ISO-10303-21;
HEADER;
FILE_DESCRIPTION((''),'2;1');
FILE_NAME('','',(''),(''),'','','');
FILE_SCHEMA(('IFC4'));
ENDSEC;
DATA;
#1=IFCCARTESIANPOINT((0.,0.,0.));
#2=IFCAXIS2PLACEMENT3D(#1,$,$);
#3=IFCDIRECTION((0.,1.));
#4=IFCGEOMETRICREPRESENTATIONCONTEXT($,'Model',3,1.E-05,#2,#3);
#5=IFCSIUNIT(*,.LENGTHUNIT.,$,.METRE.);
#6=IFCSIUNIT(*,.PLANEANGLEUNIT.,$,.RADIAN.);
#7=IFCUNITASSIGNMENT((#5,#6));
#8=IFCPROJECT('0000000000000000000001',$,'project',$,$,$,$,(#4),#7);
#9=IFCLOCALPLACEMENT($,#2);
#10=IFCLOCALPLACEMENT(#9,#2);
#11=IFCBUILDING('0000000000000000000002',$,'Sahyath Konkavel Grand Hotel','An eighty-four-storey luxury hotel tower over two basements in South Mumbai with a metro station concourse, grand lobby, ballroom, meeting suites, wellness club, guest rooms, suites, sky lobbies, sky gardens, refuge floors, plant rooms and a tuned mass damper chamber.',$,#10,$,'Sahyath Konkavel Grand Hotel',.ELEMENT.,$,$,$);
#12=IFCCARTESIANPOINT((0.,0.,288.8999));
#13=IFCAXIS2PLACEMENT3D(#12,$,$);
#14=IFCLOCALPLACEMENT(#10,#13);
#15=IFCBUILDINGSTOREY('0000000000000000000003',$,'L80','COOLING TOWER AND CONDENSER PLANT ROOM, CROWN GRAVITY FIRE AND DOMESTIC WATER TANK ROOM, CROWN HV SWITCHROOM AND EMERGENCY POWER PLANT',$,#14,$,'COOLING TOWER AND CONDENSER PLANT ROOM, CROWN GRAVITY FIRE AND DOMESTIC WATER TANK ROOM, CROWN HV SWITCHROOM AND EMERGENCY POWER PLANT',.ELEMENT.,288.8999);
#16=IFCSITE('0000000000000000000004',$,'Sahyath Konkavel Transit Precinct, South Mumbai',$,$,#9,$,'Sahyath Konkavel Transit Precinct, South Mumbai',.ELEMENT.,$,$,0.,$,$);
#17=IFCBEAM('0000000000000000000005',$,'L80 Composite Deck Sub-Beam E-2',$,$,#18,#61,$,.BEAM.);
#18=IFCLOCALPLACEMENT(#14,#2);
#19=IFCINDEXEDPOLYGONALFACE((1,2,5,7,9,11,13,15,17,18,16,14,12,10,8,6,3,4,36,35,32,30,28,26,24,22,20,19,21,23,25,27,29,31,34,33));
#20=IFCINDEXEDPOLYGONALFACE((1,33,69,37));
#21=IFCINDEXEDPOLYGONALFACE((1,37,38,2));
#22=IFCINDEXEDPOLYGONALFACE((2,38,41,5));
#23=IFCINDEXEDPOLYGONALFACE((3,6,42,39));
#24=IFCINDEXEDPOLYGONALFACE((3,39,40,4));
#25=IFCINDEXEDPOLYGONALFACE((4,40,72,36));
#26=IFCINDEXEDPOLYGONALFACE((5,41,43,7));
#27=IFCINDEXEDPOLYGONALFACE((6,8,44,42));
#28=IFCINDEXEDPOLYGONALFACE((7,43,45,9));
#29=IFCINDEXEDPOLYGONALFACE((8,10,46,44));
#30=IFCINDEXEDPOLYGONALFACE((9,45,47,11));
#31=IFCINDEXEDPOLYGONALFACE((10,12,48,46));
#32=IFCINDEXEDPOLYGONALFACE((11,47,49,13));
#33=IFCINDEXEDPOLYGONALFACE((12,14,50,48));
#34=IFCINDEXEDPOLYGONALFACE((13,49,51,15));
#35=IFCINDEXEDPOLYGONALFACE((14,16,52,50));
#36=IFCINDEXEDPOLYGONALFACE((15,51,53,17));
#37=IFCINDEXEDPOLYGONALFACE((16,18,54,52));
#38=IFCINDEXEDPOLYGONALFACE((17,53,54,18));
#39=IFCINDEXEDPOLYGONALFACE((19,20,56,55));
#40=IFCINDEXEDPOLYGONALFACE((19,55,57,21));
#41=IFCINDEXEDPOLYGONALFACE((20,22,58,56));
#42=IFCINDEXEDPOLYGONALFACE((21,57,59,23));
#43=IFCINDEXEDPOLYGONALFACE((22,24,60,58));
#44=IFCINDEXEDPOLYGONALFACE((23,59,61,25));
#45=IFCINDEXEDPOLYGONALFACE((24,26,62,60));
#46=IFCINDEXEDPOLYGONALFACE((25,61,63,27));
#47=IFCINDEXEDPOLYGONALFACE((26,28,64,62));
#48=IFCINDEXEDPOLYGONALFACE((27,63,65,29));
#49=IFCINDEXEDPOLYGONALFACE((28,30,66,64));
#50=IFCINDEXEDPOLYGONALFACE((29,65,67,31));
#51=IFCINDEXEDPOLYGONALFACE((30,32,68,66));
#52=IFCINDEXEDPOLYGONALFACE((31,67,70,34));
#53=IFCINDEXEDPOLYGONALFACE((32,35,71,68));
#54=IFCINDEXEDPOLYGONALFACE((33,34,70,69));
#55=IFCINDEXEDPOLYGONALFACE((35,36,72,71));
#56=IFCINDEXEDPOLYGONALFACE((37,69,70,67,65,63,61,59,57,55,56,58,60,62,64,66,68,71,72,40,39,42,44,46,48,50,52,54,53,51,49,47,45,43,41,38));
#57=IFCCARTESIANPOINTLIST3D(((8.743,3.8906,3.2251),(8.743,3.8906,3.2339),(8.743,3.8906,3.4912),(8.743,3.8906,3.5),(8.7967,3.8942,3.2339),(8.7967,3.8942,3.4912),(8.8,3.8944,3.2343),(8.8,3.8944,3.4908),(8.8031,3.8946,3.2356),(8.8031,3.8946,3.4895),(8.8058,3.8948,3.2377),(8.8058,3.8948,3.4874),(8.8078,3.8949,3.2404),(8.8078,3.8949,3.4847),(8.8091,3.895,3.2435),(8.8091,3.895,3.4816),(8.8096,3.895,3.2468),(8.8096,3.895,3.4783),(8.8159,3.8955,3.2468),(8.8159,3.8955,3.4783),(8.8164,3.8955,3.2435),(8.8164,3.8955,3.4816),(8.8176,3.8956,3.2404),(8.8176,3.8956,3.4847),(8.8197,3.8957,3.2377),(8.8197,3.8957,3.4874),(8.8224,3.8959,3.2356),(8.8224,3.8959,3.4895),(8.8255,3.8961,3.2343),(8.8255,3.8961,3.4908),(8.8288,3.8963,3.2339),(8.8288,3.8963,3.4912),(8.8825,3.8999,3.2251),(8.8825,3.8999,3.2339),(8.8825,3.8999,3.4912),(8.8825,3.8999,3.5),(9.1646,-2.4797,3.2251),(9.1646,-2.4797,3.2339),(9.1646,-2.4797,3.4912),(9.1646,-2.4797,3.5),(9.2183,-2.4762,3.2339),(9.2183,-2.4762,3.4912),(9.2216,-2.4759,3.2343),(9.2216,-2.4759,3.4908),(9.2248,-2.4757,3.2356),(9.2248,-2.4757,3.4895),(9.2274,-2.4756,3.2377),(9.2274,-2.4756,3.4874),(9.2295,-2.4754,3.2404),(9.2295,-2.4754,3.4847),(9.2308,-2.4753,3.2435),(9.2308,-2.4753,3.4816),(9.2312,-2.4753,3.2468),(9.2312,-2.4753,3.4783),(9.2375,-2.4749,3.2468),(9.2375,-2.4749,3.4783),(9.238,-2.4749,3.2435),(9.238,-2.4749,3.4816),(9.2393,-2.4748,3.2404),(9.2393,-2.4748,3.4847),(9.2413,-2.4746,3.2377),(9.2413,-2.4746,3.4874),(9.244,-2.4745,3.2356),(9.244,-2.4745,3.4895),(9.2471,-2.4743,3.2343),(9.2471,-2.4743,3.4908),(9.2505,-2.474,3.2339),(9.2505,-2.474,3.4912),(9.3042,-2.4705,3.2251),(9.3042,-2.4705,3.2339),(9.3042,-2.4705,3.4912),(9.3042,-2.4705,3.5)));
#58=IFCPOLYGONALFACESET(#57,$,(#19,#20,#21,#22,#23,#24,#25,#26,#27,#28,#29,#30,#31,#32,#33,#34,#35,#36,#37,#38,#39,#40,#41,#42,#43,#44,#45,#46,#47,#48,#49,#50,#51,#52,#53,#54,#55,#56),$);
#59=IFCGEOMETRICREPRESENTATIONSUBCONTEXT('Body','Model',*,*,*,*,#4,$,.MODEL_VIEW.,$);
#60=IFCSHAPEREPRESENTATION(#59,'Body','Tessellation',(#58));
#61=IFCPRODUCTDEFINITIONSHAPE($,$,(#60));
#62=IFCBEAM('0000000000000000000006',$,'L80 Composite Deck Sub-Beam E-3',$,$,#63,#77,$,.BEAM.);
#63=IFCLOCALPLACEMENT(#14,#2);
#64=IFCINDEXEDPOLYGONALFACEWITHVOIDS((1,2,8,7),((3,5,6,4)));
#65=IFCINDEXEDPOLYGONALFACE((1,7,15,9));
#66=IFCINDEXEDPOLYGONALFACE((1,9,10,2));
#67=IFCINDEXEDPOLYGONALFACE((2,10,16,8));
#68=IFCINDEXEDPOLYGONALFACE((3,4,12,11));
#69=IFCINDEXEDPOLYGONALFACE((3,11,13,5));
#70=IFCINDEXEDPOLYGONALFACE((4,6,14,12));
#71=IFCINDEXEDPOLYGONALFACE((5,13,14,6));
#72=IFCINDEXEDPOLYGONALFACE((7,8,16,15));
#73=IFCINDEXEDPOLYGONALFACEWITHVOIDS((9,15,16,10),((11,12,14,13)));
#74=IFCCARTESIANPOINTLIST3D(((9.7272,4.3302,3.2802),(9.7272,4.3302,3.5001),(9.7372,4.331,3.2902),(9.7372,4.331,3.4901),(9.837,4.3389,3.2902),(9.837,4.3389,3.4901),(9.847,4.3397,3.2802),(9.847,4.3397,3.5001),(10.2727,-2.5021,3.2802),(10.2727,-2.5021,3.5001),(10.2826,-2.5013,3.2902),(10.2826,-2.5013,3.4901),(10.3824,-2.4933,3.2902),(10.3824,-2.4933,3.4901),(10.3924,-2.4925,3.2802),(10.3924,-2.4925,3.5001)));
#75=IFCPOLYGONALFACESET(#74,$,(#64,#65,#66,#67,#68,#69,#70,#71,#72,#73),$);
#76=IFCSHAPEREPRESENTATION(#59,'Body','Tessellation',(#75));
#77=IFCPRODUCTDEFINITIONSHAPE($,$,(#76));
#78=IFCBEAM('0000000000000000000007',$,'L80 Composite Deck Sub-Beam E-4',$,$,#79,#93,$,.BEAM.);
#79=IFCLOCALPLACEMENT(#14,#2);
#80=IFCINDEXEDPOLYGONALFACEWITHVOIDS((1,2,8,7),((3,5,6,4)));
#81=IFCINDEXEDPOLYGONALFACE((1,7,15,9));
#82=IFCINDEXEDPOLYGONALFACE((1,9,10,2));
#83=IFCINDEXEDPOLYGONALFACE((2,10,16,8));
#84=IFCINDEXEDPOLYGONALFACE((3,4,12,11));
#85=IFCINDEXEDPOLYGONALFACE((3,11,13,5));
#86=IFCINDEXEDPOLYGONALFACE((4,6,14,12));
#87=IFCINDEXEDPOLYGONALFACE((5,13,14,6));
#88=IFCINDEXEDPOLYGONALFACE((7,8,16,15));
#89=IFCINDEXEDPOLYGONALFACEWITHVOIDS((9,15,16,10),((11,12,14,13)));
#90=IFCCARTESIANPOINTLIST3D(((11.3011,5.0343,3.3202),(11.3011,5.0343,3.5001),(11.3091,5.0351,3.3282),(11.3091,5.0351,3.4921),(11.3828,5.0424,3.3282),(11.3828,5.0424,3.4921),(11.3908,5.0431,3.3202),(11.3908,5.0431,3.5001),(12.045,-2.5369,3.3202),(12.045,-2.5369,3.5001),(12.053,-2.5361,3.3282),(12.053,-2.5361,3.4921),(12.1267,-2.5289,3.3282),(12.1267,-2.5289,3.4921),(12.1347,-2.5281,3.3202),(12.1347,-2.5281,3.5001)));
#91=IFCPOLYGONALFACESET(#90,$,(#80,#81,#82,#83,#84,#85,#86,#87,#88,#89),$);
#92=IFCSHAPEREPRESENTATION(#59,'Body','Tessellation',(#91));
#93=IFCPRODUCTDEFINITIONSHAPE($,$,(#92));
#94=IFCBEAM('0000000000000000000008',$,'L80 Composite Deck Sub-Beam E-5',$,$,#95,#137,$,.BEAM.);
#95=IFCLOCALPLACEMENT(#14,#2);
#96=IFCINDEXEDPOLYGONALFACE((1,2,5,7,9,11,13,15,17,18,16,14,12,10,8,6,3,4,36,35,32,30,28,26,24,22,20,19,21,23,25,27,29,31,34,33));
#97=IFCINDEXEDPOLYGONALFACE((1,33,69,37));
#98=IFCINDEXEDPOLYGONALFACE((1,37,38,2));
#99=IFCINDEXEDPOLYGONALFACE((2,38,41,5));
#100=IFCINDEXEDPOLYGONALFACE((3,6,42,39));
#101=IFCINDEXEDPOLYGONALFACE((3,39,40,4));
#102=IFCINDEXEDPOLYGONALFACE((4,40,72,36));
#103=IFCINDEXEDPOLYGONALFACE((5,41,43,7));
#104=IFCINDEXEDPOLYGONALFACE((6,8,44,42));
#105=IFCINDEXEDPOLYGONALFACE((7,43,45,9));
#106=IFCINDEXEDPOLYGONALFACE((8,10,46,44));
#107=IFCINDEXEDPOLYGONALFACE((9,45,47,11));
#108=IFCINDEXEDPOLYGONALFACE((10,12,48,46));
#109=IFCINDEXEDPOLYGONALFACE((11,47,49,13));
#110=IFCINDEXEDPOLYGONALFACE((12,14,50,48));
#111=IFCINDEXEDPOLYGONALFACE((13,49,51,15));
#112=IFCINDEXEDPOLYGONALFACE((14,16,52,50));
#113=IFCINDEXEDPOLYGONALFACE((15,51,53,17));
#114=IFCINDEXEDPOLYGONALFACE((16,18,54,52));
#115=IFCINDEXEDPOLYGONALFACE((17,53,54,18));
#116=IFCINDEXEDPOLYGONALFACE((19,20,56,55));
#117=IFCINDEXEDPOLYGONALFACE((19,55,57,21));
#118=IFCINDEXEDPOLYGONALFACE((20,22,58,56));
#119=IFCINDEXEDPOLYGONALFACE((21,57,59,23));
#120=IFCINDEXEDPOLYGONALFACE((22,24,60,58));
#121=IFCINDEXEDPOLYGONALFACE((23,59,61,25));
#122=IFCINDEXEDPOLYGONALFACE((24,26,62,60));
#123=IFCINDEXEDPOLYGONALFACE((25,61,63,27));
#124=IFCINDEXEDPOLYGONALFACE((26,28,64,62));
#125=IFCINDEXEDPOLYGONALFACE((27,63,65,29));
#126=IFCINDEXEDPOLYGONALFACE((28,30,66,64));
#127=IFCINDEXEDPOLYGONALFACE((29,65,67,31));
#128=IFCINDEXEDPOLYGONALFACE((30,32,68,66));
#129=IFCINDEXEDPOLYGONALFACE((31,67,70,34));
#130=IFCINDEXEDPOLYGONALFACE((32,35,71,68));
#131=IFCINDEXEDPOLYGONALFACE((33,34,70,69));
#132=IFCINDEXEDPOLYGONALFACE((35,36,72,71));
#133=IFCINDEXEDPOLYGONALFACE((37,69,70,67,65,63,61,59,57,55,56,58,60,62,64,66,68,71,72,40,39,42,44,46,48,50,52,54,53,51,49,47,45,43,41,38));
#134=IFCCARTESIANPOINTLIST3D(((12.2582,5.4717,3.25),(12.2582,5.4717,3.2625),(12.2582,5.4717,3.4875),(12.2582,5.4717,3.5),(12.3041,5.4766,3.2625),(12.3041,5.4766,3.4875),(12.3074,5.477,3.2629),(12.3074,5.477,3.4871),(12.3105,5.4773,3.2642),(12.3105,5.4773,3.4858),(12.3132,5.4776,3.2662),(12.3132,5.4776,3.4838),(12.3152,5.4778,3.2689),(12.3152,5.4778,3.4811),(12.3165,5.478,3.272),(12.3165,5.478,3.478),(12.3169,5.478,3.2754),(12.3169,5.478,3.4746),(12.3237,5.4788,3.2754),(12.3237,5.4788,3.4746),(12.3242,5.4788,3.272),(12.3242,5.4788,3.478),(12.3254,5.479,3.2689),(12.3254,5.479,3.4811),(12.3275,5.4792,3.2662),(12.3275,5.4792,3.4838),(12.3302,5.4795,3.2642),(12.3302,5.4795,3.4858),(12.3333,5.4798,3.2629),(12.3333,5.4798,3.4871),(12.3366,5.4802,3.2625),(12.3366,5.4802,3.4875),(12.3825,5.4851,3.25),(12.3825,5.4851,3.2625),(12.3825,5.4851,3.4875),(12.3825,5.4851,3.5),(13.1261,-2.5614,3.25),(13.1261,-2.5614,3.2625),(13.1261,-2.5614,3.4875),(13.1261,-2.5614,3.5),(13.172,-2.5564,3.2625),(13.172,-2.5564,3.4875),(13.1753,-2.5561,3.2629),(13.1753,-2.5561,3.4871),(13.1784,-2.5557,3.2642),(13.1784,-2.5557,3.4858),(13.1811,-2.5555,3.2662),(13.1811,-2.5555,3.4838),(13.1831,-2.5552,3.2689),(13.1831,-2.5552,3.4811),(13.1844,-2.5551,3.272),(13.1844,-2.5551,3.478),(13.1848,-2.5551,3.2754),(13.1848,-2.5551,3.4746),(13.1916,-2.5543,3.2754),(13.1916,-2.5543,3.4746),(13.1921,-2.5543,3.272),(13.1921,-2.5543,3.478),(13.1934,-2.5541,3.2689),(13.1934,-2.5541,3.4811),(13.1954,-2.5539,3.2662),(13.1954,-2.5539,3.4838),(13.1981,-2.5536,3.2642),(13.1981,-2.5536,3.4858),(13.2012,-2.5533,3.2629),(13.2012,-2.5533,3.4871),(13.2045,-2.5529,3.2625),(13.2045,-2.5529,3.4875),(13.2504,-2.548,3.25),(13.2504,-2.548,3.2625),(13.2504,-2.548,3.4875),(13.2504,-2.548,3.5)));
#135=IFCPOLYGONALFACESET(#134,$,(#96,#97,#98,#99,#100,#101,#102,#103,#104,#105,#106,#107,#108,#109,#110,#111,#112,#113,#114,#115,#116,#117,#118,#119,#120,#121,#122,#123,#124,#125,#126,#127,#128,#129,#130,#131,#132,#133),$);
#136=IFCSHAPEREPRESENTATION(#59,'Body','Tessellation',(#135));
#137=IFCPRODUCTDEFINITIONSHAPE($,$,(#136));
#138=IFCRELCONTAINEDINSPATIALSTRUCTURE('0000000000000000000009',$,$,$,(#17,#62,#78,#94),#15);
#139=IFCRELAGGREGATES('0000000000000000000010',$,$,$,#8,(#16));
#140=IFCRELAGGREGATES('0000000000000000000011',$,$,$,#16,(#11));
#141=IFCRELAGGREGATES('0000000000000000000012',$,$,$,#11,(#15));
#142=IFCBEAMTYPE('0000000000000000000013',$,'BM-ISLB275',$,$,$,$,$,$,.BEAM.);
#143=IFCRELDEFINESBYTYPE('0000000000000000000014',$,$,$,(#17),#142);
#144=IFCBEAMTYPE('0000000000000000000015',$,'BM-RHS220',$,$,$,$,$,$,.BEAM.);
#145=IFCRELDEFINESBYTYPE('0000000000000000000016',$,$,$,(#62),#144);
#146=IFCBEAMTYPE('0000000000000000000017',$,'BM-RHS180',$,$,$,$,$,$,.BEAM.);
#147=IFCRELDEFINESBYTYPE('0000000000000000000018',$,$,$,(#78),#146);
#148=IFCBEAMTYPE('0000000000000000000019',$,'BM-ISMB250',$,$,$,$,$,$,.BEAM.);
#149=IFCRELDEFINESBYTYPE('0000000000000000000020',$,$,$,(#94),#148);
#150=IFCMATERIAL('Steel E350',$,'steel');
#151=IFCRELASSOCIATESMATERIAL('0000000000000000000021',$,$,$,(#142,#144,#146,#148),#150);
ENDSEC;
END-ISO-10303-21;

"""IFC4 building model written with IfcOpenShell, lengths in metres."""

from ifc_helpers import new_model, si_unit, direction, frame, origin, origin_2d, place, context, subcontext, project, spatial, hollow_rectangle, i_section, extrude, source, transform, mapped, material, material_profile, profile_set, type_object, element, save


model = new_model("IFC4")

# Units and contexts
model_context = context("Model", 3, precision=1e-05, world=origin(), true_north=direction((0.0, 1.0)))
body_context = subcontext(model_context, "Body", "Model", "MODEL_VIEW")
ifc_project = project(units=[si_unit("LENGTHUNIT", "METRE"), si_unit("PLANEANGLEUNIT", "RADIAN")], contexts=[model_context])

# Site, building, storey
site_placement = place(None, origin())
site = spatial("IfcSite", under=ifc_project, at=site_placement, Name="Sahyath Konkavel Transit Precinct, South Mumbai", LongName="Sahyath Konkavel Transit Precinct, South Mumbai", CompositionType="ELEMENT", RefElevation=0.0)
building_placement = place(site_placement, origin())
building = spatial("IfcBuilding", under=site, at=building_placement, Name="Sahyath Konkavel Grand Hotel", Description="An eighty-four-storey luxury hotel tower over two basements in South Mumbai with a metro station concourse, grand lobby, ballroom, meeting suites, wellness club, guest rooms, suites, sky lobbies, sky gardens, refuge floors, plant rooms and a tuned mass damper chamber.", LongName="Sahyath Konkavel Grand Hotel", CompositionType="ELEMENT")
storey_placement = place(building_placement, frame((0.0, 0.0, 288.8999)))
storey = spatial("IfcBuildingStorey", under=building, at=storey_placement, Name="L80", Description="COOLING TOWER AND CONDENSER PLANT ROOM, CROWN GRAVITY FIRE AND DOMESTIC WATER TANK ROOM, CROWN HV SWITCHROOM AND EMERGENCY POWER PLANT", LongName="COOLING TOWER AND CONDENSER PLANT ROOM, CROWN GRAVITY FIRE AND DOMESTIC WATER TANK ROOM, CROWN HV SWITCHROOM AND EMERGENCY POWER PLANT", CompositionType="ELEMENT", Elevation=288.8999)

# Beams
ifc_material_1 = material(Name="Steel E350", Category="steel")
ifc_material_profile_1 = material_profile(ifc_material_1, i_section(OverallWidth=0.1399, OverallDepth=0.2749, WebThickness=0.0063, FlangeThickness=0.0088, FilletRadius=0.0129, at=origin_2d()), Name="ISLB 275")
ifc_profile_set_1 = profile_set([ifc_material_profile_1], Name="Steel E350")
beam_type_1 = type_object("IfcBeamType", Name="BM-ISLB275", PredefinedType="BEAM", material=ifc_profile_set_1)
shared_shape_1 = source(origin(), body_context, "Body", "SweptSolid", [
    extrude(i_section(OverallWidth=0.1399, OverallDepth=0.2749, WebThickness=0.0063, FlangeThickness=0.0088, FilletRadius=0.0129, at=origin_2d()), origin(), (0.0, 0.0, 1.0), 6.3843),
])
beam_1_placement = place(storey_placement, frame((9.2344, -2.4751, 3.3625), z_axis=(-0.066042, 0.997817, 0.0), x_axis=(-0.997817, -0.066042, 0.0)))
element("IfcBeam", 1, at=beam_1_placement, inside=storey, type_object=beam_type_1, Name="L80 Composite Deck Sub-Beam E-2", PredefinedType="BEAM", context=body_context, shape_type="MappedRepresentation", body=[
    mapped(shared_shape_1, transform((0.0, 0.0, 0.0), scale=1.0)),
])
ifc_material_profile_2 = material_profile(ifc_material_1, hollow_rectangle(XDim=0.1201, YDim=0.22, WallThickness=0.01, at=origin_2d()), Name="RHS 220x120x10")
ifc_profile_set_2 = profile_set([ifc_material_profile_2], Name="Steel E350")
beam_type_2 = type_object("IfcBeamType", Name="BM-RHS220", PredefinedType="BEAM", material=ifc_profile_set_2)
shared_shape_2 = source(origin(), body_context, "Body", "SweptSolid", [
    extrude(hollow_rectangle(XDim=0.1201, YDim=0.22, WallThickness=0.01, at=origin_2d()), origin(), (0.0, 0.0, 1.0), 6.854),
])
beam_2_placement = place(storey_placement, frame((10.3325, -2.4973, 3.3901), z_axis=(-0.079575, 0.996829, 0.0), x_axis=(-0.996829, -0.079575, 0.0)))
element("IfcBeam", 2, at=beam_2_placement, inside=storey, type_object=beam_type_2, Name="L80 Composite Deck Sub-Beam E-3", PredefinedType="BEAM", context=body_context, shape_type="MappedRepresentation", body=[
    mapped(shared_shape_2, transform((0.0, 0.0, 0.0), scale=1.0)),
])
ifc_material_profile_3 = material_profile(ifc_material_1, hollow_rectangle(XDim=0.0901, YDim=0.1799, WallThickness=0.0081, at=origin_2d()), Name="RHS 180x90x8")
ifc_profile_set_3 = profile_set([ifc_material_profile_3], Name="Steel E350")
beam_type_3 = type_object("IfcBeamType", Name="BM-RHS180", PredefinedType="BEAM", material=ifc_profile_set_3)
shared_shape_3 = source(origin(), body_context, "Body", "SweptSolid", [
    extrude(hollow_rectangle(XDim=0.0901, YDim=0.1799, WallThickness=0.0081, at=origin_2d()), origin(), (0.0, 0.0, 1.0), 7.6077),
])
beam_3_placement = place(storey_placement, frame((12.0898, -2.5325, 3.4102), z_axis=(-0.097781, 0.995208, 0.0), x_axis=(-0.995208, -0.097781, 0.0)))
element("IfcBeam", 3, at=beam_3_placement, inside=storey, type_object=beam_type_3, Name="L80 Composite Deck Sub-Beam E-4", PredefinedType="BEAM", context=body_context, shape_type="MappedRepresentation", body=[
    mapped(shared_shape_3, transform((0.0, 0.0, 0.0), scale=1.0)),
])
ifc_material_profile_4 = material_profile(ifc_material_1, i_section(OverallWidth=0.125, OverallDepth=0.25, WebThickness=0.0068, FlangeThickness=0.0125, FilletRadius=0.0129, at=origin_2d()), Name="ISMB 250")
ifc_profile_set_4 = profile_set([ifc_material_profile_4], Name="Steel E350")
beam_type_4 = type_object("IfcBeamType", Name="BM-ISMB250", PredefinedType="BEAM", material=ifc_profile_set_4)
shared_shape_4 = source(origin(), body_context, "Body", "SweptSolid", [
    extrude(i_section(OverallWidth=0.125, OverallDepth=0.25, WebThickness=0.0068, FlangeThickness=0.0125, FilletRadius=0.0129, at=origin_2d()), origin(), (0.0, 0.0, 1.0), 8.0798),
])
beam_4_placement = place(storey_placement, frame((13.1882, -2.5547, 3.375), z_axis=(-0.107416, 0.994214, 0.0), x_axis=(-0.994214, -0.107416, 0.0)))
element("IfcBeam", 4, at=beam_4_placement, inside=storey, type_object=beam_type_4, Name="L80 Composite Deck Sub-Beam E-5", PredefinedType="BEAM", context=body_context, shape_type="MappedRepresentation", body=[
    mapped(shared_shape_4, transform((0.0, 0.0, 0.0), scale=1.0)),
])

save(model, "model.ifc")
